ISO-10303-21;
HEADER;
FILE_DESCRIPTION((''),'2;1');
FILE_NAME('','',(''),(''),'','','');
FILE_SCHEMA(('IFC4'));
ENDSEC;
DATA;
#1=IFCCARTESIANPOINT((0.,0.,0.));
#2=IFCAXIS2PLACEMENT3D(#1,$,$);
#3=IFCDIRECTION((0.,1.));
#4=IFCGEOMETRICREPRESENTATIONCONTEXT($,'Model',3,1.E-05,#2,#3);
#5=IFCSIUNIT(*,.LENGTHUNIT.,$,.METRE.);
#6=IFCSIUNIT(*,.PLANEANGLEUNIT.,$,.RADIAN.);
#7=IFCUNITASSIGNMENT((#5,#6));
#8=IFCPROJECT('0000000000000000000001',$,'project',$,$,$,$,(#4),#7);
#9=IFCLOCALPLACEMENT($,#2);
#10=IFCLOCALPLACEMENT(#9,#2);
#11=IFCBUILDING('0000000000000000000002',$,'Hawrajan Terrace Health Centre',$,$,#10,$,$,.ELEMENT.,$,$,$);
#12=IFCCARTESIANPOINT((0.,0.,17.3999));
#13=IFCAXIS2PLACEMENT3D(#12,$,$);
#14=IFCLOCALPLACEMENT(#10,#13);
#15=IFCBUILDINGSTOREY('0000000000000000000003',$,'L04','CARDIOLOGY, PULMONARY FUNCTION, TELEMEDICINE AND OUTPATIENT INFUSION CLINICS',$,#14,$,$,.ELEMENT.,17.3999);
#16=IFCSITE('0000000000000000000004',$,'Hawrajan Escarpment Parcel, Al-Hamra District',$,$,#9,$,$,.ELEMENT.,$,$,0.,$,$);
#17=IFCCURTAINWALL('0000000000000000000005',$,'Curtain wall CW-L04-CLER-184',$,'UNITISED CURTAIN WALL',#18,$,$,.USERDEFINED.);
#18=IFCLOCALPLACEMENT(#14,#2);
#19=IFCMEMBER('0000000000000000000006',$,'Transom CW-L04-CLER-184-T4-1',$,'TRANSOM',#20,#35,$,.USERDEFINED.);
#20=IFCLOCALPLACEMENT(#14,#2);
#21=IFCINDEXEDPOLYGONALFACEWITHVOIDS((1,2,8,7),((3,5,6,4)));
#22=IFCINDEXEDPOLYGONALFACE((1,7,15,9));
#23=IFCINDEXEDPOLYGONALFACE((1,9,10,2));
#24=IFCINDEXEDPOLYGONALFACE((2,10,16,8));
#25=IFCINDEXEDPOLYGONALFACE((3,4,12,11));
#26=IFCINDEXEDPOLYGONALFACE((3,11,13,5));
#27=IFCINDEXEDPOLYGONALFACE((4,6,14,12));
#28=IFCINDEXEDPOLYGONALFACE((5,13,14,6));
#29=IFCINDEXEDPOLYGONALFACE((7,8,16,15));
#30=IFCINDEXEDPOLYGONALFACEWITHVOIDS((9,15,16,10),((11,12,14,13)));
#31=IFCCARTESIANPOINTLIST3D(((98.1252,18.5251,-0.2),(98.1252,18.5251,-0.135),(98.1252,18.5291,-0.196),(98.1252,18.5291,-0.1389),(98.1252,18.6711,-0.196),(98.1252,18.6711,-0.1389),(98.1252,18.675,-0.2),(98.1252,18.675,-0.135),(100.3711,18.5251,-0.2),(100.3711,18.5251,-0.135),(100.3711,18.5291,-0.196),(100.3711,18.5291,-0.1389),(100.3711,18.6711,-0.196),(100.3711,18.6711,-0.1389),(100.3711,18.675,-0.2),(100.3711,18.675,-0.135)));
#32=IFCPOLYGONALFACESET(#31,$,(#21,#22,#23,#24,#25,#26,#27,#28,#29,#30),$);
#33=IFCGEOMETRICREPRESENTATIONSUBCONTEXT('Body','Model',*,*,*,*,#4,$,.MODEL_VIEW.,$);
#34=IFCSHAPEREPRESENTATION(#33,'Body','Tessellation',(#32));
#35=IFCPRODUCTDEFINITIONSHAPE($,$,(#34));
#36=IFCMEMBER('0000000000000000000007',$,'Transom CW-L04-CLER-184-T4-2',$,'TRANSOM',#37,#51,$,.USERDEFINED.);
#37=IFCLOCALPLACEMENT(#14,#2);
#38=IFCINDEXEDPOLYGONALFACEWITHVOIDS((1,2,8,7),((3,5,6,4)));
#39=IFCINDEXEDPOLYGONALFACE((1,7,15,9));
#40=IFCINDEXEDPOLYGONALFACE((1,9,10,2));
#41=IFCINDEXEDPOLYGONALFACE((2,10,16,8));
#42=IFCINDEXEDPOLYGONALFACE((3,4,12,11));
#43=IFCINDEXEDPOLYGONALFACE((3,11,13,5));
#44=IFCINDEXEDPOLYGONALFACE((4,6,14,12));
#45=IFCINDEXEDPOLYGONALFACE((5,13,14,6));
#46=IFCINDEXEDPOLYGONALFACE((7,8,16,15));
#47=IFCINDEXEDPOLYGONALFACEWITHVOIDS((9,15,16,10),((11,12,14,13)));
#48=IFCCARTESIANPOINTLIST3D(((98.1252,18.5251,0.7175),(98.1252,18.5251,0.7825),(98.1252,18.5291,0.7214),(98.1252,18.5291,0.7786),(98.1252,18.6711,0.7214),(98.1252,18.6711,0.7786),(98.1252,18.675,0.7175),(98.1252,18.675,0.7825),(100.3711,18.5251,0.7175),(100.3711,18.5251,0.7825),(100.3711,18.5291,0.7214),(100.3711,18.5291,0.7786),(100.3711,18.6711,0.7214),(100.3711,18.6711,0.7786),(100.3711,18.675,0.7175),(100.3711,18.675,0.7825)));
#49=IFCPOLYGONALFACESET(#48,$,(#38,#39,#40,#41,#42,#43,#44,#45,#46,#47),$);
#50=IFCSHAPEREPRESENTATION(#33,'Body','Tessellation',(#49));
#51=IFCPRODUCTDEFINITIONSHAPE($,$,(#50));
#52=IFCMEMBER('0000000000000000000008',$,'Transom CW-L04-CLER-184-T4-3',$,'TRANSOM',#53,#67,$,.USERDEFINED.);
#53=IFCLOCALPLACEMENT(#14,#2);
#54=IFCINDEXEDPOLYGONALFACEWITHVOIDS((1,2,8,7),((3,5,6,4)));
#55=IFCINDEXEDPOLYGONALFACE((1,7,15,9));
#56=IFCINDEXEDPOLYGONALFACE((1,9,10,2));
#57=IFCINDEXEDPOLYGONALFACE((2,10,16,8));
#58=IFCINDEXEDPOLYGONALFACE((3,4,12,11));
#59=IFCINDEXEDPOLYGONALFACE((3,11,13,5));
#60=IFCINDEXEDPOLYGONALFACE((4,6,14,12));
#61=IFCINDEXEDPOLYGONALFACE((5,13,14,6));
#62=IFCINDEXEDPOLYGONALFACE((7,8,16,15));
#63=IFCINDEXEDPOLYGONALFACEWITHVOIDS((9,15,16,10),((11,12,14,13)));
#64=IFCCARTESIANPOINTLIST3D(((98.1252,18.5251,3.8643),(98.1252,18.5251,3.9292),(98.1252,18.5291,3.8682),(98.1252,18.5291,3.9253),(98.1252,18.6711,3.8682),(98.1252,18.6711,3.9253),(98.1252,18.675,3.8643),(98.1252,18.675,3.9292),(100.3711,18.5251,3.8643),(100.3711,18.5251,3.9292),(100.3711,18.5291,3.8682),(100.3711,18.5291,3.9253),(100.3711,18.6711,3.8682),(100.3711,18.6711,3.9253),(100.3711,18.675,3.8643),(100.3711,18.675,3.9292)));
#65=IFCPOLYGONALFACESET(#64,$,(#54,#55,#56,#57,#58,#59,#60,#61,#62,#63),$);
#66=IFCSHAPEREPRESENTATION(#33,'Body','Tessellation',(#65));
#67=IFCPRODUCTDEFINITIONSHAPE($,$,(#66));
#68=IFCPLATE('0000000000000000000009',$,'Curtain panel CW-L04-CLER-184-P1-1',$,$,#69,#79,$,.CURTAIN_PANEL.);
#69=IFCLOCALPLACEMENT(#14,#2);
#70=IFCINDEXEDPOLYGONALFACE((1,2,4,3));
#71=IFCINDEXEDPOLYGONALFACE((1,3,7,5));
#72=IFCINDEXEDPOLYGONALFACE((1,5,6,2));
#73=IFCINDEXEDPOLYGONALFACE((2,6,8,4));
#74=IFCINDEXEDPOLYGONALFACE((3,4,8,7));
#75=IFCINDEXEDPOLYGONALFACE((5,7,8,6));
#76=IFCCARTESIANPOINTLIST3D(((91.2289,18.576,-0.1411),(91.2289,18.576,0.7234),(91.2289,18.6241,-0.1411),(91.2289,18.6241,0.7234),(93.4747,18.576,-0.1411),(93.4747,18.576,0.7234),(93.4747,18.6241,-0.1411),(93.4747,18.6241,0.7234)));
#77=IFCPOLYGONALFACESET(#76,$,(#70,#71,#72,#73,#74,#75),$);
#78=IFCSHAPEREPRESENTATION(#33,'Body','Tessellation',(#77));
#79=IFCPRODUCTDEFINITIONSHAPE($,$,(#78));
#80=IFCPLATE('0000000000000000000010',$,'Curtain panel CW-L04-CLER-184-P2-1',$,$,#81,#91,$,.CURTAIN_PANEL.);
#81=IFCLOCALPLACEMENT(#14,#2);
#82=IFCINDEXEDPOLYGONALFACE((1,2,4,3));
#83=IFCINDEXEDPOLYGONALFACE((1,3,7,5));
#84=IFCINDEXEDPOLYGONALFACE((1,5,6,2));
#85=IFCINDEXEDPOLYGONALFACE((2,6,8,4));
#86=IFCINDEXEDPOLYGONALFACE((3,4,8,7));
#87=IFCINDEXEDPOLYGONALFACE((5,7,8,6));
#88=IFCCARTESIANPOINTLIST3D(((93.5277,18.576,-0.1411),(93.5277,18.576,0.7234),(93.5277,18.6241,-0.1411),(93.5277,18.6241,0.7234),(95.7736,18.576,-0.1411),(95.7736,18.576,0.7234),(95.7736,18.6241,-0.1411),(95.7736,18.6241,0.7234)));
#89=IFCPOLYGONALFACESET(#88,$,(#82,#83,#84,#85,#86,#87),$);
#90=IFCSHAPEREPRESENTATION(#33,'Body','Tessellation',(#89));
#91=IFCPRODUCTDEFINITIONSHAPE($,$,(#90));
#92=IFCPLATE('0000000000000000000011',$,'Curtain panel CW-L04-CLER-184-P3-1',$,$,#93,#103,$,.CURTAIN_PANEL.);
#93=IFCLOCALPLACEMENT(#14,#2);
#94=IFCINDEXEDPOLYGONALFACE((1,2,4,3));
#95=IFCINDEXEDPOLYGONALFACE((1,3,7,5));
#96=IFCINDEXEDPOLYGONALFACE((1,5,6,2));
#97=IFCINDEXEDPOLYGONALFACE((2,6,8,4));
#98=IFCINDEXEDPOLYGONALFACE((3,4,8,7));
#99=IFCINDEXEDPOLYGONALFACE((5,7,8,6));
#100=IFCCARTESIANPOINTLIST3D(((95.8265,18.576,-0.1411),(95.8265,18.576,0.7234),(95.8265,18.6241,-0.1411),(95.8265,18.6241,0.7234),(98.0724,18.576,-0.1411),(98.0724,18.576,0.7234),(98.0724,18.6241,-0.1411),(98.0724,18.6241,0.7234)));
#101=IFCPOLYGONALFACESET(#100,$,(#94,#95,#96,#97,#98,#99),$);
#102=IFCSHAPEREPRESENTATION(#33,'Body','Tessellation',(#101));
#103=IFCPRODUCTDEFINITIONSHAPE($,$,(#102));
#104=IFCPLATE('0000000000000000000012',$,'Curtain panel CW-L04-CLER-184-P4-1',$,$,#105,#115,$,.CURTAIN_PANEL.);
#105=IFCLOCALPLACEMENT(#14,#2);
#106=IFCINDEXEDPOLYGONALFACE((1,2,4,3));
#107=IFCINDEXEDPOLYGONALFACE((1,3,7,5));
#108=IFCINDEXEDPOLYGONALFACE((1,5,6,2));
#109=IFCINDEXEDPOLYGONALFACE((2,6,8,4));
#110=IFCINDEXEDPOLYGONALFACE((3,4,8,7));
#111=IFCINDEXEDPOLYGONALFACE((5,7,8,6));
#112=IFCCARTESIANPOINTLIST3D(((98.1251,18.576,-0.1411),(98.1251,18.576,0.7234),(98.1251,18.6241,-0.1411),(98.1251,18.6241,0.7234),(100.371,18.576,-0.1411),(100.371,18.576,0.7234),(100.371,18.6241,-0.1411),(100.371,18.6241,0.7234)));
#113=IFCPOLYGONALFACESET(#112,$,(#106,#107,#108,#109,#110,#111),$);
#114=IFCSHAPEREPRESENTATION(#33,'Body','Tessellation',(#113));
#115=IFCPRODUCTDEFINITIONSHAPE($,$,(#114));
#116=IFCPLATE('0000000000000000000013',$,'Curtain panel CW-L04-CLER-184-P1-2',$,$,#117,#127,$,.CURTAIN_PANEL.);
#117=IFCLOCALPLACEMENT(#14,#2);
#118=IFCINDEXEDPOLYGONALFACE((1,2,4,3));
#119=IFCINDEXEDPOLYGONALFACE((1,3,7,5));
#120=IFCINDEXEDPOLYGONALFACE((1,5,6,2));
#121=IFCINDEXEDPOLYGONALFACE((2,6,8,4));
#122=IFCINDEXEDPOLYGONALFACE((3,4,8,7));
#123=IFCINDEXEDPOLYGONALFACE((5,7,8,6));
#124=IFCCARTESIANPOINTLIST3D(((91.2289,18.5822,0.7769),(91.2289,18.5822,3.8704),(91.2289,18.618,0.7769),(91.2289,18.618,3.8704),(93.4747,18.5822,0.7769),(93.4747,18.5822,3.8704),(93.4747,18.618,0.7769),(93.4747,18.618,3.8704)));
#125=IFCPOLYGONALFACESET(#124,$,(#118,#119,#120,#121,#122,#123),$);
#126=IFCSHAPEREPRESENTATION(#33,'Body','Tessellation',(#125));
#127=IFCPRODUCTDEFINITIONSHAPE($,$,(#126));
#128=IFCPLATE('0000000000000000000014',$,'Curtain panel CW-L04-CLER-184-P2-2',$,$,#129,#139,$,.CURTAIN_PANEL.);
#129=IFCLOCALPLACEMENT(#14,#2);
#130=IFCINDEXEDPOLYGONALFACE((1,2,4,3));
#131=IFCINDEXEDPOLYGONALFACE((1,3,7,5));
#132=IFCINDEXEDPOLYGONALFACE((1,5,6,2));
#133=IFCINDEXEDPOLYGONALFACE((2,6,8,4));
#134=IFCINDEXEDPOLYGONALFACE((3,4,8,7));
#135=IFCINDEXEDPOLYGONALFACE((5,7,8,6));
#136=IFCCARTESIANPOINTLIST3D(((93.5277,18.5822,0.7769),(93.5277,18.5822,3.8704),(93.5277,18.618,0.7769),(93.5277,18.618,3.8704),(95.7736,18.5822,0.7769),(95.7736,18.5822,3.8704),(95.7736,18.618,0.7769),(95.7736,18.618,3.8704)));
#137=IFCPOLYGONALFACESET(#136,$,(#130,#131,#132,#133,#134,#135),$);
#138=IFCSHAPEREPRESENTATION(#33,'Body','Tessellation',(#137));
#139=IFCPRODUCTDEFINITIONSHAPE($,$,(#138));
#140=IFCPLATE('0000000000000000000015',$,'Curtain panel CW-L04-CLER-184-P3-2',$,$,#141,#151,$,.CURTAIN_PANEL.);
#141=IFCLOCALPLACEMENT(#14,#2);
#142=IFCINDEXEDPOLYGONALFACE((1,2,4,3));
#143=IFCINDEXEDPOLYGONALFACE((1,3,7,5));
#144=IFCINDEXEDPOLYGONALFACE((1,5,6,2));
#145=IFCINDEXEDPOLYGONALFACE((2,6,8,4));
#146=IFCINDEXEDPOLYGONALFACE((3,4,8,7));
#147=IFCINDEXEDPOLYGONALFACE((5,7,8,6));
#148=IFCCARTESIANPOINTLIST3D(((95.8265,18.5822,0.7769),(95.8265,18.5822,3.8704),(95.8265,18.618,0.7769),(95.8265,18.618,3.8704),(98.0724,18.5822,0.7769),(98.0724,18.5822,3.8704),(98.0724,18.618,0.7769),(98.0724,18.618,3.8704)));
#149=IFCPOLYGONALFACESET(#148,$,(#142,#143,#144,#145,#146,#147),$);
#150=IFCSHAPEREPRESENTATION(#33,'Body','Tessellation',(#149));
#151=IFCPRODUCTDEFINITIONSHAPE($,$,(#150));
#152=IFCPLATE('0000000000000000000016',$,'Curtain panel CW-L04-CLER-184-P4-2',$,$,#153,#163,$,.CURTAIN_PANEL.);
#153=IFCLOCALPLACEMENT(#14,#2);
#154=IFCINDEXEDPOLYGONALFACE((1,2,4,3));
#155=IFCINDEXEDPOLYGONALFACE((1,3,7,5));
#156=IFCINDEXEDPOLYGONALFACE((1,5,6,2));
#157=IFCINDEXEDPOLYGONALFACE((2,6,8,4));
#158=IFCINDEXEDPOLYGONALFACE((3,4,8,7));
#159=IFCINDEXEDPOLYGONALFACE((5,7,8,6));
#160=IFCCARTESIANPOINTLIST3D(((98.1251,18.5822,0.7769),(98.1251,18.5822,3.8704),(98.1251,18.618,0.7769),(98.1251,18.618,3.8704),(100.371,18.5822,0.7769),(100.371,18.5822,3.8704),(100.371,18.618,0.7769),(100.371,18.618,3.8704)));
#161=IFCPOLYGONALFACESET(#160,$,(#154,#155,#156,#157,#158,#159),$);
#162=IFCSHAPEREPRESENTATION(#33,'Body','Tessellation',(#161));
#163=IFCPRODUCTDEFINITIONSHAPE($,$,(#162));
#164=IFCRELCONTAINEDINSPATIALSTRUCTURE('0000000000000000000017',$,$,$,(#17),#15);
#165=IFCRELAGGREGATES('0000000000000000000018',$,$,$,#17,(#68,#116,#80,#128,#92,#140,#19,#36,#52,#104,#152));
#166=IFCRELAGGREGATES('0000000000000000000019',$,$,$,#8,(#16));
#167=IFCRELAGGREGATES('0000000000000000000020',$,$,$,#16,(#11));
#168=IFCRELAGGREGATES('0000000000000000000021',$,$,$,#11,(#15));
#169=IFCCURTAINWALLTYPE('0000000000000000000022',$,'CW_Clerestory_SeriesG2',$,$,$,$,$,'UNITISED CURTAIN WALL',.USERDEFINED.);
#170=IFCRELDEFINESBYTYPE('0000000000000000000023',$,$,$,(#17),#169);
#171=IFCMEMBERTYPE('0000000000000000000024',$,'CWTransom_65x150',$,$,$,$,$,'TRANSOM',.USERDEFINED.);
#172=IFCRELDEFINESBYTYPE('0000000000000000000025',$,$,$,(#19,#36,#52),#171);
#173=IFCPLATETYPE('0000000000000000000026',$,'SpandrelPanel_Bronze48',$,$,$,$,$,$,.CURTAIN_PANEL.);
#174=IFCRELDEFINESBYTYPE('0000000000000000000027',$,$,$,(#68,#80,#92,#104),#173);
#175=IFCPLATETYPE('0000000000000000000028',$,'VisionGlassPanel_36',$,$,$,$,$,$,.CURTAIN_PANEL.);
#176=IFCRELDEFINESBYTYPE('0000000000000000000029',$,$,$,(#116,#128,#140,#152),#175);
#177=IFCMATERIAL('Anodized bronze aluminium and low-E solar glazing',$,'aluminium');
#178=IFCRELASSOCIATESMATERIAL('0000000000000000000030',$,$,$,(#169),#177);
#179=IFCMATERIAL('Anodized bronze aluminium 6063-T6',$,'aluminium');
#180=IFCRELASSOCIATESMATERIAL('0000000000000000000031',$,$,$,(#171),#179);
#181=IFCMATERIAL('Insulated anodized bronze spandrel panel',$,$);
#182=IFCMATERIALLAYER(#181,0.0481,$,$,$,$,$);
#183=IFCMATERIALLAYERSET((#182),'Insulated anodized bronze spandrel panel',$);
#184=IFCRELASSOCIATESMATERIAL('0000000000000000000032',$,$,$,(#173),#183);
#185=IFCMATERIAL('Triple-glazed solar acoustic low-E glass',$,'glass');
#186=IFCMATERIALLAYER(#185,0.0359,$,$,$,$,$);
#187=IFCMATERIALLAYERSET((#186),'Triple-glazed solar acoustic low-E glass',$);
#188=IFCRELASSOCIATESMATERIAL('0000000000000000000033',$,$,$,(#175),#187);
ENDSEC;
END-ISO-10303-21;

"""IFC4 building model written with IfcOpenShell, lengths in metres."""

from ifc_helpers import new_model, si_unit, direction, frame, origin, origin_2d, place, context, subcontext, project, spatial, rectangle, hollow_rectangle, extrude, material, layer, layer_set, material_profile, profile_set, type_object, element, aggregate, save


model = new_model("IFC4")

# Units and contexts
model_context = context("Model", 3, precision=1e-05, world=origin(), true_north=direction((0.0, 1.0)))
body_context = subcontext(model_context, "Body", "Model", "MODEL_VIEW")
ifc_project = project(units=[si_unit("LENGTHUNIT", "METRE"), si_unit("PLANEANGLEUNIT", "RADIAN")], contexts=[model_context])

# Site, building, storey
site_placement = place(None, origin())
site = spatial("IfcSite", under=ifc_project, at=site_placement, Name="Hawrajan Escarpment Parcel, Al-Hamra District", CompositionType="ELEMENT", RefElevation=0.0)
building_placement = place(site_placement, origin())
building = spatial("IfcBuilding", under=site, at=building_placement, Name="Hawrajan Terrace Health Centre", CompositionType="ELEMENT")
storey_placement = place(building_placement, frame((0.0, 0.0, 17.3999)))
storey = spatial("IfcBuildingStorey", under=building, at=storey_placement, Name="L04", Description="CARDIOLOGY, PULMONARY FUNCTION, TELEMEDICINE AND OUTPATIENT INFUSION CLINICS", CompositionType="ELEMENT", Elevation=17.3999)

# Curtain wall, members, plates
ifc_material_1 = material(Name="Anodized bronze aluminium and low-E solar glazing", Category="aluminium")
curtain_wall_type = type_object("IfcCurtainWallType", Name="CW_Clerestory_SeriesG2", ElementType="UNITISED CURTAIN WALL", PredefinedType="USERDEFINED", material=ifc_material_1)
curtain_wall_placement = place(storey_placement, origin())
curtain_wall = element("IfcCurtainWall", 1, at=curtain_wall_placement, inside=storey, type_object=curtain_wall_type, Name="Curtain wall CW-L04-CLER-184", ObjectType="UNITISED CURTAIN WALL", PredefinedType="USERDEFINED")
ifc_material_2 = material(Name="Anodized bronze aluminium 6063-T6", Category="aluminium")
ifc_material_profile_1 = material_profile(ifc_material_2, hollow_rectangle(XDim=0.0649, YDim=0.1499, WallThickness=0.0039, at=origin_2d()), Name="CW TRN 65x150")
ifc_profile_set_1 = profile_set([ifc_material_profile_1], Name="Anodized bronze aluminium 6063-T6")
member_type_1 = type_object("IfcMemberType", Name="CWTransom_65x150", ElementType="TRANSOM", PredefinedType="USERDEFINED", material=ifc_profile_set_1)
member_1_placement = place(storey_placement, frame((98.1252, 18.6001, -0.1675), z_axis=(1.0, 0.0, 0.0), x_axis=(0.0, 0.0, 1.0)))
member_1 = element("IfcMember", 2, at=member_1_placement, type_object=member_type_1, Name="Transom CW-L04-CLER-184-T4-1", ObjectType="TRANSOM", PredefinedType="USERDEFINED", context=body_context, shape_type="SweptSolid", body=[
    extrude(hollow_rectangle(XDim=0.0649, YDim=0.1499, WallThickness=0.0039, at=origin_2d()), origin(), (0.0, 0.0, 1.0), 2.2458),
])
member_2_placement = place(storey_placement, frame((98.1252, 18.6001, 0.75), z_axis=(1.0, 0.0, 0.0), x_axis=(0.0, 0.0, 1.0)))
member_2 = element("IfcMember", 3, at=member_2_placement, type_object=member_type_1, Name="Transom CW-L04-CLER-184-T4-2", ObjectType="TRANSOM", PredefinedType="USERDEFINED", context=body_context, shape_type="SweptSolid", body=[
    extrude(hollow_rectangle(XDim=0.0649, YDim=0.1499, WallThickness=0.0039, at=origin_2d()), origin(), (0.0, 0.0, 1.0), 2.2458),
])
member_3_placement = place(storey_placement, frame((98.1252, 18.6001, 3.8967), z_axis=(1.0, 0.0, 0.0), x_axis=(0.0, 0.0, 1.0)))
member_3 = element("IfcMember", 4, at=member_3_placement, type_object=member_type_1, Name="Transom CW-L04-CLER-184-T4-3", ObjectType="TRANSOM", PredefinedType="USERDEFINED", context=body_context, shape_type="SweptSolid", body=[
    extrude(hollow_rectangle(XDim=0.0649, YDim=0.1499, WallThickness=0.0039, at=origin_2d()), origin(), (0.0, 0.0, 1.0), 2.2458),
])
ifc_material_3 = material(Name="Insulated anodized bronze spandrel panel")
ifc_layer_1 = layer(ifc_material_3, 0.0481)
ifc_layer_set_1 = layer_set([ifc_layer_1], Name="Insulated anodized bronze spandrel panel")
plate_type_1 = type_object("IfcPlateType", Name="SpandrelPanel_Bronze48", PredefinedType="CURTAIN_PANEL", material=ifc_layer_set_1)
plate_1_placement = place(storey_placement, frame((92.3518, 18.6001, -0.1411), z_axis=(0.0, 0.0, 1.0), x_axis=(1.0, 0.0, 0.0)))
plate_1 = element("IfcPlate", 5, at=plate_1_placement, type_object=plate_type_1, Name="Curtain panel CW-L04-CLER-184-P1-1", PredefinedType="CURTAIN_PANEL", context=body_context, shape_type="SweptSolid", body=[
    extrude(rectangle(XDim=2.2458, YDim=0.0481, at=origin_2d()), origin(), (0.0, 0.0, 1.0), 0.8645),
])
plate_2_placement = place(storey_placement, frame((94.6506, 18.6001, -0.1411), z_axis=(0.0, 0.0, 1.0), x_axis=(1.0, 0.0, 0.0)))
plate_2 = element("IfcPlate", 6, at=plate_2_placement, type_object=plate_type_1, Name="Curtain panel CW-L04-CLER-184-P2-1", PredefinedType="CURTAIN_PANEL", context=body_context, shape_type="SweptSolid", body=[
    extrude(rectangle(XDim=2.2458, YDim=0.0481, at=origin_2d()), origin(), (0.0, 0.0, 1.0), 0.8645),
])
plate_3_placement = place(storey_placement, frame((96.9495, 18.6001, -0.1411), z_axis=(0.0, 0.0, 1.0), x_axis=(1.0, 0.0, 0.0)))
plate_3 = element("IfcPlate", 7, at=plate_3_placement, type_object=plate_type_1, Name="Curtain panel CW-L04-CLER-184-P3-1", PredefinedType="CURTAIN_PANEL", context=body_context, shape_type="SweptSolid", body=[
    extrude(rectangle(XDim=2.2458, YDim=0.0481, at=origin_2d()), origin(), (0.0, 0.0, 1.0), 0.8645),
])
plate_4_placement = place(storey_placement, frame((99.248, 18.6001, -0.1411), z_axis=(0.0, 0.0, 1.0), x_axis=(1.0, 0.0, 0.0)))
plate_4 = element("IfcPlate", 8, at=plate_4_placement, type_object=plate_type_1, Name="Curtain panel CW-L04-CLER-184-P4-1", PredefinedType="CURTAIN_PANEL", context=body_context, shape_type="SweptSolid", body=[
    extrude(rectangle(XDim=2.2458, YDim=0.0481, at=origin_2d()), origin(), (0.0, 0.0, 1.0), 0.8645),
])
ifc_material_4 = material(Name="Triple-glazed solar acoustic low-E glass", Category="glass")
ifc_layer_2 = layer(ifc_material_4, 0.0359)
ifc_layer_set_2 = layer_set([ifc_layer_2], Name="Triple-glazed solar acoustic low-E glass")
plate_type_2 = type_object("IfcPlateType", Name="VisionGlassPanel_36", PredefinedType="CURTAIN_PANEL", material=ifc_layer_set_2)
plate_5_placement = place(storey_placement, frame((92.3518, 18.6001, 0.7769), z_axis=(0.0, 0.0, 1.0), x_axis=(1.0, 0.0, 0.0)))
plate_5 = element("IfcPlate", 9, at=plate_5_placement, type_object=plate_type_2, Name="Curtain panel CW-L04-CLER-184-P1-2", PredefinedType="CURTAIN_PANEL", context=body_context, shape_type="SweptSolid", body=[
    extrude(rectangle(XDim=2.2458, YDim=0.0359, at=origin_2d()), origin(), (0.0, 0.0, 1.0), 3.0935),
])
plate_6_placement = place(storey_placement, frame((94.6506, 18.6001, 0.7769), z_axis=(0.0, 0.0, 1.0), x_axis=(1.0, 0.0, 0.0)))
plate_6 = element("IfcPlate", 10, at=plate_6_placement, type_object=plate_type_2, Name="Curtain panel CW-L04-CLER-184-P2-2", PredefinedType="CURTAIN_PANEL", context=body_context, shape_type="SweptSolid", body=[
    extrude(rectangle(XDim=2.2458, YDim=0.0359, at=origin_2d()), origin(), (0.0, 0.0, 1.0), 3.0935),
])
plate_7_placement = place(storey_placement, frame((96.9495, 18.6001, 0.7769), z_axis=(0.0, 0.0, 1.0), x_axis=(1.0, 0.0, 0.0)))
plate_7 = element("IfcPlate", 11, at=plate_7_placement, type_object=plate_type_2, Name="Curtain panel CW-L04-CLER-184-P3-2", PredefinedType="CURTAIN_PANEL", context=body_context, shape_type="SweptSolid", body=[
    extrude(rectangle(XDim=2.2458, YDim=0.0359, at=origin_2d()), origin(), (0.0, 0.0, 1.0), 3.0935),
])
plate_8_placement = place(storey_placement, frame((99.248, 18.6001, 0.7769), z_axis=(0.0, 0.0, 1.0), x_axis=(1.0, 0.0, 0.0)))
plate_8 = element("IfcPlate", 12, at=plate_8_placement, type_object=plate_type_2, Name="Curtain panel CW-L04-CLER-184-P4-2", PredefinedType="CURTAIN_PANEL", context=body_context, shape_type="SweptSolid", body=[
    extrude(rectangle(XDim=2.2458, YDim=0.0359, at=origin_2d()), origin(), (0.0, 0.0, 1.0), 3.0935),
])
aggregate(curtain_wall, [plate_1, plate_5, plate_2, plate_6, plate_3, plate_7, member_1, member_2, member_3, plate_4, plate_8])

save(model, "model.ifc")
